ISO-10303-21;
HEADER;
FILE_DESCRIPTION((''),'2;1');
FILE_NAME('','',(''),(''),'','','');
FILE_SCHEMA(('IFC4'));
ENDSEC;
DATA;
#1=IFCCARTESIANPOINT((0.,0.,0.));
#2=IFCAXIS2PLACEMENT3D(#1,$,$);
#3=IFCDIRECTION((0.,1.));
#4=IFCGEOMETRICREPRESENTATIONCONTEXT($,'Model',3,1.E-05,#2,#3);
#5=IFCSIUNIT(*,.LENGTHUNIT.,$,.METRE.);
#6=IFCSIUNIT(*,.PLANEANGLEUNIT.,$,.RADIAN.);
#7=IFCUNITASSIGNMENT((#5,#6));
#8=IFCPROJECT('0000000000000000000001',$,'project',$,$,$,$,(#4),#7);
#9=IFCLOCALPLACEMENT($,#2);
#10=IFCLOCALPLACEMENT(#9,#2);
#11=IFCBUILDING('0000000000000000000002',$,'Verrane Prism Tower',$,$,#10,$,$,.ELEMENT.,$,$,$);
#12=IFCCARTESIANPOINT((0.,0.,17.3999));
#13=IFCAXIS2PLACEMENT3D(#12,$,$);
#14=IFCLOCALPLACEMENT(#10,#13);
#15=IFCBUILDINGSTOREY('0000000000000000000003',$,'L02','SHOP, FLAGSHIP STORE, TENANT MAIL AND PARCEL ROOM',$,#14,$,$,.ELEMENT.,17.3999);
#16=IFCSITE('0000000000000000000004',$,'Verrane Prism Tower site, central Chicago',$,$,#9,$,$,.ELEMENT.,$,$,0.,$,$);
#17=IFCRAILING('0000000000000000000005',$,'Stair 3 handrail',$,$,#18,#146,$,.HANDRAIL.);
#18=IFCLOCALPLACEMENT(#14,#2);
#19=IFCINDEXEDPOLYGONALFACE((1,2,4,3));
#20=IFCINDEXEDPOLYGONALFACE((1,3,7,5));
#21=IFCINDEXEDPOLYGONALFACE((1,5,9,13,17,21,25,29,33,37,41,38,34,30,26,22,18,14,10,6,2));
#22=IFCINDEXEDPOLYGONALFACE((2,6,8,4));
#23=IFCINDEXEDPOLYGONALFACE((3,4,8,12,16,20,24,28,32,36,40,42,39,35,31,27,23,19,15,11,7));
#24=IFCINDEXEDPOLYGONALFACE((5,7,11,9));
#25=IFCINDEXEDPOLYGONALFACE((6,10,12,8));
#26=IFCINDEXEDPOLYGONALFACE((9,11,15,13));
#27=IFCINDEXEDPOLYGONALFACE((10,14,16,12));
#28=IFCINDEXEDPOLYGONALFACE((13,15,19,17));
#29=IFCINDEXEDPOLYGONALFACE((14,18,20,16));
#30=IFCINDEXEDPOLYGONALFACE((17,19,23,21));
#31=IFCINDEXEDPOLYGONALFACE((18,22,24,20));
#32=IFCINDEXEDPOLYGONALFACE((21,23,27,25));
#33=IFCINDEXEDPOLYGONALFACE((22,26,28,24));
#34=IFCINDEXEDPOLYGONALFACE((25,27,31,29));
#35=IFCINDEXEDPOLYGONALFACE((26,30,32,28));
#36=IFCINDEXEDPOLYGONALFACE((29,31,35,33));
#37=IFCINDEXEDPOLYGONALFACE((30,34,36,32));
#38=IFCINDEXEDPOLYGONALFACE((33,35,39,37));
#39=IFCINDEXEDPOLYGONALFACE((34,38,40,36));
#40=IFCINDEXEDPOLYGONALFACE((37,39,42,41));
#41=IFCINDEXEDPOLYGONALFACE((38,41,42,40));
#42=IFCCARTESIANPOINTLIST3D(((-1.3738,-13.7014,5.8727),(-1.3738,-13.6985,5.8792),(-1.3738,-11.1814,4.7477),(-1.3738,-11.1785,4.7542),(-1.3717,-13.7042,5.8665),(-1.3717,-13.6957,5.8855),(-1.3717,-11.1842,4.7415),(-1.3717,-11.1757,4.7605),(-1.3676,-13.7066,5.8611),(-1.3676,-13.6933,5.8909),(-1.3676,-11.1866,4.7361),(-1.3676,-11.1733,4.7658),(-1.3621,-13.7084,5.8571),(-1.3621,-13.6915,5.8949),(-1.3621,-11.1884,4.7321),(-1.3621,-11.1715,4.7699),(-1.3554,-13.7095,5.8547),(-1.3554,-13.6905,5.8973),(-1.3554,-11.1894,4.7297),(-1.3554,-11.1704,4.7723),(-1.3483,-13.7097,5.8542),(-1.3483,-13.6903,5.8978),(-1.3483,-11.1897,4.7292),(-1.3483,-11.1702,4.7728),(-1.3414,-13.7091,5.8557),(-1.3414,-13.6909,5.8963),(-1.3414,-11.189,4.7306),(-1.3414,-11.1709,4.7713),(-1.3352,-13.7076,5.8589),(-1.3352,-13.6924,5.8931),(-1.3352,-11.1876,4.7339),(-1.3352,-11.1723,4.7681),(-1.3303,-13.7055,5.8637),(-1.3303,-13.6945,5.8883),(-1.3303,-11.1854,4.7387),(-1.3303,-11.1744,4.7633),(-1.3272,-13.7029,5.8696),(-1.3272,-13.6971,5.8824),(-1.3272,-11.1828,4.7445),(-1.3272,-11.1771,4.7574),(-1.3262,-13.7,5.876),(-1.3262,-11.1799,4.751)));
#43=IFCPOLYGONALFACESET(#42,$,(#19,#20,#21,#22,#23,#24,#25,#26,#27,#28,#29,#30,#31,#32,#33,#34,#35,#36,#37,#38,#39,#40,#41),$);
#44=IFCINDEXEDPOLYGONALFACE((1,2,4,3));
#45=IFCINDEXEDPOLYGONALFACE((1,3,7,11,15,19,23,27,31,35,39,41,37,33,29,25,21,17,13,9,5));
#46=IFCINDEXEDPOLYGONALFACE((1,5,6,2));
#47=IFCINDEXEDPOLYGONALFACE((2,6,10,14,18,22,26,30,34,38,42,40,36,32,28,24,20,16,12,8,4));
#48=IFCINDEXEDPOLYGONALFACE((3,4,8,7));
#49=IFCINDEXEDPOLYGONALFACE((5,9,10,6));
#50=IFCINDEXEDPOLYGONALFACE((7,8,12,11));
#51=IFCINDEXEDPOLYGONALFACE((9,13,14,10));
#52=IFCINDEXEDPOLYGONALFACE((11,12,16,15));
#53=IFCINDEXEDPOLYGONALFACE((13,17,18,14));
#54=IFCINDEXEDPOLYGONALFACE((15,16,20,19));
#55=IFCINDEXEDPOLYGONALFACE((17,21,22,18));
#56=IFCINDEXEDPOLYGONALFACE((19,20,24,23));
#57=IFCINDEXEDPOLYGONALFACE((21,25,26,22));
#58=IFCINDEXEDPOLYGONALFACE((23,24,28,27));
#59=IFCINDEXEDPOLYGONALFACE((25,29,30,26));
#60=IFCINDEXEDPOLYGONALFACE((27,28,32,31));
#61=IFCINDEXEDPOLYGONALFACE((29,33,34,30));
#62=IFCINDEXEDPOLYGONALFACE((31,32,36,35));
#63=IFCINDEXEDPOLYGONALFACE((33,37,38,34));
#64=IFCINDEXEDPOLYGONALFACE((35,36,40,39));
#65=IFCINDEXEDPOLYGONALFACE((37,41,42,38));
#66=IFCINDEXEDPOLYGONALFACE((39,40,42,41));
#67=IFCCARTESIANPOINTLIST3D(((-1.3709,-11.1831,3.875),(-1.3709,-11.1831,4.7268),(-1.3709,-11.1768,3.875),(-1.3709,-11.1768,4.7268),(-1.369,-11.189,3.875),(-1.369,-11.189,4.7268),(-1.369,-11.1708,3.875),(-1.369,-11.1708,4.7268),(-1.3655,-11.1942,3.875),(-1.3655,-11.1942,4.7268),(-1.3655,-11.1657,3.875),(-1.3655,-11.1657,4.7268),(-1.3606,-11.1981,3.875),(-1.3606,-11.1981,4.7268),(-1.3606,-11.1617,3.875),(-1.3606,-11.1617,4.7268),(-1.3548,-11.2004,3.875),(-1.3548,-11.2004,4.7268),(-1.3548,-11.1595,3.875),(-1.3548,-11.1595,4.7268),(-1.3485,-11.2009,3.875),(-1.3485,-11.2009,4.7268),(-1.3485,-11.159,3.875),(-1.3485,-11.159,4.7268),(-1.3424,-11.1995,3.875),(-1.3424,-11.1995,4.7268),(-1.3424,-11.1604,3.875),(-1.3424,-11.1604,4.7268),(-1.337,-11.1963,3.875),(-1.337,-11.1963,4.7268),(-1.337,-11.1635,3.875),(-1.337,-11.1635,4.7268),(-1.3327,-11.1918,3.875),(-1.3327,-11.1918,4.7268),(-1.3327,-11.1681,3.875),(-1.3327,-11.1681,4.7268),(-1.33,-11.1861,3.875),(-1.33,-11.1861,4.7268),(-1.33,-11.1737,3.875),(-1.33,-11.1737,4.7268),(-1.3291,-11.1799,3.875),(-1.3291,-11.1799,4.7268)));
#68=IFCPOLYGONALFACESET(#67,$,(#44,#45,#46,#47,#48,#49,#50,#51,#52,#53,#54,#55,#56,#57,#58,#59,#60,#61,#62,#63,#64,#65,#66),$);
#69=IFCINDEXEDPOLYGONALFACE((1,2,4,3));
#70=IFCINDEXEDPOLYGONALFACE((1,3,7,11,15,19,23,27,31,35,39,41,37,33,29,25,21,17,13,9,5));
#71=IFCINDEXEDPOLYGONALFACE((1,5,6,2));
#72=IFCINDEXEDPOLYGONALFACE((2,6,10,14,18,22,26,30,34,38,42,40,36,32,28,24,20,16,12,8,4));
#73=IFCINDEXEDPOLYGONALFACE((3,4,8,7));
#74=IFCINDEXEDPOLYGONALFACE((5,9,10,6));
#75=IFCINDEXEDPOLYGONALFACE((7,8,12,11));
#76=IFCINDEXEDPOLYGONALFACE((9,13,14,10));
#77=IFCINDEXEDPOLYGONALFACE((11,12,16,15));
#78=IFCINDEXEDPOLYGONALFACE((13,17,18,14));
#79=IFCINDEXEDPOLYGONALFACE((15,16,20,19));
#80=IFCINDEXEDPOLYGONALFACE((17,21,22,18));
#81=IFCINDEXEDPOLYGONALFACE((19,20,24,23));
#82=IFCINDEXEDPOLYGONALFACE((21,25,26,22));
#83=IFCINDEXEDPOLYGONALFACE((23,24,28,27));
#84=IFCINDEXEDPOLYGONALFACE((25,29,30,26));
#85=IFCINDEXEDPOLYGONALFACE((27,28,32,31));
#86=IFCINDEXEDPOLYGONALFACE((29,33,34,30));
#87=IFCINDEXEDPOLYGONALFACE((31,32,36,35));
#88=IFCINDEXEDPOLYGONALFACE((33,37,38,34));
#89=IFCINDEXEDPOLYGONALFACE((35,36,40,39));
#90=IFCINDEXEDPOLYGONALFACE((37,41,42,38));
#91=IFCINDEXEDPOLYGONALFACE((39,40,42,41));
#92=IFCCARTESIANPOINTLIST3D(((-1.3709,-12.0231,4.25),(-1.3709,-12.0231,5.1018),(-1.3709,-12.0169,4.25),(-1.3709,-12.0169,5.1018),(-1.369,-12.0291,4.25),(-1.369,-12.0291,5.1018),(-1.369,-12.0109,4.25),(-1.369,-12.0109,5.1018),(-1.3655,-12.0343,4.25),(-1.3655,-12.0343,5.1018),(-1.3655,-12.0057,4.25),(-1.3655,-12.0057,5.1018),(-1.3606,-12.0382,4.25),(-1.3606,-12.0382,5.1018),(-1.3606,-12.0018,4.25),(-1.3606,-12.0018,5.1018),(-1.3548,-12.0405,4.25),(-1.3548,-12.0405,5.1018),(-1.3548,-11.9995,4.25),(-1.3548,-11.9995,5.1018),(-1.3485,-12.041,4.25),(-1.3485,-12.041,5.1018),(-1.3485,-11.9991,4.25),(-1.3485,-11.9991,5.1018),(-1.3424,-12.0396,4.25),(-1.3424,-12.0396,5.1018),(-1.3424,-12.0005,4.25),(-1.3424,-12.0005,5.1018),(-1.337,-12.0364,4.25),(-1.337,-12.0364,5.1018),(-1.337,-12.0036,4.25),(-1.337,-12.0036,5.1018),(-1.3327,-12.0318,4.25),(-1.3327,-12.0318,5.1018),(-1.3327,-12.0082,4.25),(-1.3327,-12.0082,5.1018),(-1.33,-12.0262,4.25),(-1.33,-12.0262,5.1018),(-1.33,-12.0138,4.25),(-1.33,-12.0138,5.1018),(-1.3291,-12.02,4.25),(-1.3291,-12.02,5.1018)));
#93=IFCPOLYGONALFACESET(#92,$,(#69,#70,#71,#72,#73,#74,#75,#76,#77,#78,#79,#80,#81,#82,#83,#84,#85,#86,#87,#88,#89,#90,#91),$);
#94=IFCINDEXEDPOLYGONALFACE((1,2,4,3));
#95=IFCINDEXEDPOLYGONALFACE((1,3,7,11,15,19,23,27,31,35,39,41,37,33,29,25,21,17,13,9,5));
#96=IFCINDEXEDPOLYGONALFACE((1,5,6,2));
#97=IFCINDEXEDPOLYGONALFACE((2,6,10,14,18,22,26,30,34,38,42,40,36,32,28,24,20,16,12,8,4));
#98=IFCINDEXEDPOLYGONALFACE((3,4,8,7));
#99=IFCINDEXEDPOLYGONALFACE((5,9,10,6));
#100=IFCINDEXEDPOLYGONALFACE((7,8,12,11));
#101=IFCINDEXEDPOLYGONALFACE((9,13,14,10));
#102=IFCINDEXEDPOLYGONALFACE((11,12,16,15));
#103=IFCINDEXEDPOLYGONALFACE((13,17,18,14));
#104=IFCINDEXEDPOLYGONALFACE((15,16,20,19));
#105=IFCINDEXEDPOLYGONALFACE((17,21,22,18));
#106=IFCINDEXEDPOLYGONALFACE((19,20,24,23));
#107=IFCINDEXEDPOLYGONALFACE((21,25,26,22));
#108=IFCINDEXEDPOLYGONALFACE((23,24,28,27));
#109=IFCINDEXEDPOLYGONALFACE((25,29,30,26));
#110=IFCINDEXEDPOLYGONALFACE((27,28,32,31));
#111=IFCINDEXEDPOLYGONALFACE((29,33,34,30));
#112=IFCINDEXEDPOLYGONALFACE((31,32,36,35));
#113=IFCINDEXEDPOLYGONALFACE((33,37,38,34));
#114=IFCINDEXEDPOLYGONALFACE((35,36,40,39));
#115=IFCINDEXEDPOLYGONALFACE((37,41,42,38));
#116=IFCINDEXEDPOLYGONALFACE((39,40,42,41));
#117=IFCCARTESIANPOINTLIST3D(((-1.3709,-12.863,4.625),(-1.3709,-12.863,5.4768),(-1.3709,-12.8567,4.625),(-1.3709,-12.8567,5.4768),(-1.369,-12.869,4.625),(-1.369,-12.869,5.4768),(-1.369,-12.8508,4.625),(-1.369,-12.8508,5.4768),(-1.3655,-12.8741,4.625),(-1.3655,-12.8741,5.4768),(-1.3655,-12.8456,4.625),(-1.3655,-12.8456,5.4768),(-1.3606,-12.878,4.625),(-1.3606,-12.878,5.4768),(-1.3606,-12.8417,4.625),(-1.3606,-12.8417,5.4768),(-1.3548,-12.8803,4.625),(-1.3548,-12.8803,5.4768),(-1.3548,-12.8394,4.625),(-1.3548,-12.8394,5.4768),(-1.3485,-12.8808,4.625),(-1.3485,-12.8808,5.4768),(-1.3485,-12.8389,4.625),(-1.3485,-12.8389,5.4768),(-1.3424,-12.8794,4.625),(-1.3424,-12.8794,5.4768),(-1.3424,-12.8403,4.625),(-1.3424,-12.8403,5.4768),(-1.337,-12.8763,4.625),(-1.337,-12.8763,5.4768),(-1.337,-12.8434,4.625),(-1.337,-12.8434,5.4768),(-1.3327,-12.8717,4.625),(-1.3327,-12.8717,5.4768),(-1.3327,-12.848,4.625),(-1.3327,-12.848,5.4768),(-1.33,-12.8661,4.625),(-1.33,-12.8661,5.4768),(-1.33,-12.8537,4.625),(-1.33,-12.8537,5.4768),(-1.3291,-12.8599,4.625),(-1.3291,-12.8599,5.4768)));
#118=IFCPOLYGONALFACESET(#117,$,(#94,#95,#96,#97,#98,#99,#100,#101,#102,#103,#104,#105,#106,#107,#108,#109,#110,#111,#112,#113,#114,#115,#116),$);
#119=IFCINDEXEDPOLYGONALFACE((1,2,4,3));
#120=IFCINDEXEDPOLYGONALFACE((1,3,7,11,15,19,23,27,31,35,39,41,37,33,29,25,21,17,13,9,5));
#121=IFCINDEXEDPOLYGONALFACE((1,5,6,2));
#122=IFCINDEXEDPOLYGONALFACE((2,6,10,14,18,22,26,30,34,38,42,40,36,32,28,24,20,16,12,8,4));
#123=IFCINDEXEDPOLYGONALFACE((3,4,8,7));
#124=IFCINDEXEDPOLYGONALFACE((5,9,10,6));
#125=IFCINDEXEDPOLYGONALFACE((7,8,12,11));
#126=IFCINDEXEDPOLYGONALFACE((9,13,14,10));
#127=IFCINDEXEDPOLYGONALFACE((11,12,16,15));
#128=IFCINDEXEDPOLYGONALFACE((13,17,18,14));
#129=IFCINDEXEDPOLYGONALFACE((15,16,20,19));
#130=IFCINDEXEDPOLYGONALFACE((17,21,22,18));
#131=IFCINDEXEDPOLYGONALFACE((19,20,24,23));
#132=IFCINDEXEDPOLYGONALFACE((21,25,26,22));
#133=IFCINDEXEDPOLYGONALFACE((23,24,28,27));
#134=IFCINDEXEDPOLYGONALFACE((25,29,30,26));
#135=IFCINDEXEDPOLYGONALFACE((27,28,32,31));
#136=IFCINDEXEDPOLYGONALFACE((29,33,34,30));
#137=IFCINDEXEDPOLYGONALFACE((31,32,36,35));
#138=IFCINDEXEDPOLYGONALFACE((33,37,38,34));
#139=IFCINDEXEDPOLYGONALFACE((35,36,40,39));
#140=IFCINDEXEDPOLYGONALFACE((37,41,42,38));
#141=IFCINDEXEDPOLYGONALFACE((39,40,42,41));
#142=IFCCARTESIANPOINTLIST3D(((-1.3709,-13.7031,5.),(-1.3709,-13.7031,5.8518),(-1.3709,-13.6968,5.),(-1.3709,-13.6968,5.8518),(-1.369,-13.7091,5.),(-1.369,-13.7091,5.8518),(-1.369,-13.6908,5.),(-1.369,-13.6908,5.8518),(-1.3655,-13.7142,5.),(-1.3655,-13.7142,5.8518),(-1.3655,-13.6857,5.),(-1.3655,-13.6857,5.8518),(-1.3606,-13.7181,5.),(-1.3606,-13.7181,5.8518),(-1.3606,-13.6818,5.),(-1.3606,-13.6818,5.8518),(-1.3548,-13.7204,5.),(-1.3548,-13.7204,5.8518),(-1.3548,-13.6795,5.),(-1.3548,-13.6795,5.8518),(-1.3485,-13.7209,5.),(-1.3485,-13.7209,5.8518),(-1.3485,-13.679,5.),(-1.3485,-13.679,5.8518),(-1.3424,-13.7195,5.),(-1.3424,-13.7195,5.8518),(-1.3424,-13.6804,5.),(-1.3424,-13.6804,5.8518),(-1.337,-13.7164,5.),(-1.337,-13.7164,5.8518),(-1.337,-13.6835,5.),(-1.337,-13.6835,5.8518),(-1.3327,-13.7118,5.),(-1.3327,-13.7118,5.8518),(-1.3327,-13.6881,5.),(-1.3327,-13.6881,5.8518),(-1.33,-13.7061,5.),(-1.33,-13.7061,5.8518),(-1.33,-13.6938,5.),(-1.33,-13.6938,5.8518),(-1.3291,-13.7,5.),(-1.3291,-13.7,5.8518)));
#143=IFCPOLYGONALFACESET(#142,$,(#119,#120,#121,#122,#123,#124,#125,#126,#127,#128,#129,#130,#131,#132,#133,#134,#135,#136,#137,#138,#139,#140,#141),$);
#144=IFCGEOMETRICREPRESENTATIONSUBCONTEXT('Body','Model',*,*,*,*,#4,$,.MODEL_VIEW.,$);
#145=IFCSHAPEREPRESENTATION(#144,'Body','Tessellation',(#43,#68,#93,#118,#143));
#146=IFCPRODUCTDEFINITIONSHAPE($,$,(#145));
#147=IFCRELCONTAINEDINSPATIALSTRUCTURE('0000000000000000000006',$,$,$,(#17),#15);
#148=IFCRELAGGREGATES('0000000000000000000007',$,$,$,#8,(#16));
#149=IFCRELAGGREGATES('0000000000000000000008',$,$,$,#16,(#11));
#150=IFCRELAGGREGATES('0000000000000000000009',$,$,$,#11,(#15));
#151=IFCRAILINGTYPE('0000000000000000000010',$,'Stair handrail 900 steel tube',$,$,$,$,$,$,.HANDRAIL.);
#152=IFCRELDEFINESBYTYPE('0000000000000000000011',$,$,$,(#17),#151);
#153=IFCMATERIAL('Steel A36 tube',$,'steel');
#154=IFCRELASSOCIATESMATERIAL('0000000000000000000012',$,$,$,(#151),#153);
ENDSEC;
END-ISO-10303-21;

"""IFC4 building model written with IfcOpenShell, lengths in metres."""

from ifc_helpers import new_model, si_unit, direction, frame, origin, origin_2d, place, context, subcontext, project, spatial, circle, extrude, material, type_object, element, save


model = new_model("IFC4")

# Units and contexts
model_context = context("Model", 3, precision=1e-05, world=origin(), true_north=direction((0.0, 1.0)))
body_context = subcontext(model_context, "Body", "Model", "MODEL_VIEW")
ifc_project = project(units=[si_unit("LENGTHUNIT", "METRE"), si_unit("PLANEANGLEUNIT", "RADIAN")], contexts=[model_context])

# Site, building, storey
site_placement = place(None, origin())
site = spatial("IfcSite", under=ifc_project, at=site_placement, Name="Verrane Prism Tower site, central Chicago", CompositionType="ELEMENT", RefElevation=0.0)
building_placement = place(site_placement, origin())
building = spatial("IfcBuilding", under=site, at=building_placement, Name="Verrane Prism Tower", CompositionType="ELEMENT")
storey_placement = place(building_placement, frame((0.0, 0.0, 17.3999)))
storey = spatial("IfcBuildingStorey", under=building, at=storey_placement, Name="L02", Description="SHOP, FLAGSHIP STORE, TENANT MAIL AND PARCEL ROOM", CompositionType="ELEMENT", Elevation=17.3999)

# Railing
ifc_material_1 = material(Name="Steel A36 tube", Category="steel")
railing_type = type_object("IfcRailingType", Name="Stair handrail 900 steel tube", PredefinedType="HANDRAIL", material=ifc_material_1)
for number, where, name in (
    (1, (-1.3501, -11.1799, 3.875), "Stair 3 handrail"),
):
    element("IfcRailing", number, at=place(storey_placement, frame(where)), inside=storey, type_object=railing_type, Name=name, PredefinedType="HANDRAIL", context=body_context, shape_type="SweptSolid", body=[
        extrude(circle(Radius=0.0239, at=origin_2d()), frame((0.0, 0.0, 0.876), z_axis=(0.0, -0.913139, 0.407648), x_axis=(1.0, 0.0, 0.0)), (0.0, 0.0, 1.0), 2.7598),
        extrude(circle(Radius=0.021, at=origin_2d()), origin(), (0.0, 0.0, 1.0), 0.8518),
        extrude(circle(Radius=0.021, at=origin_2d()), frame((0.0, -0.8401, 0.375)), (0.0, 0.0, 1.0), 0.8518),
        extrude(circle(Radius=0.021, at=origin_2d()), frame((0.0, -1.6799, 0.75)), (0.0, 0.0, 1.0), 0.8518),
        extrude(circle(Radius=0.021, at=origin_2d()), frame((0.0, -2.52, 1.125)), (0.0, 0.0, 1.0), 0.8518),
    ])

save(model, "model.ifc")
